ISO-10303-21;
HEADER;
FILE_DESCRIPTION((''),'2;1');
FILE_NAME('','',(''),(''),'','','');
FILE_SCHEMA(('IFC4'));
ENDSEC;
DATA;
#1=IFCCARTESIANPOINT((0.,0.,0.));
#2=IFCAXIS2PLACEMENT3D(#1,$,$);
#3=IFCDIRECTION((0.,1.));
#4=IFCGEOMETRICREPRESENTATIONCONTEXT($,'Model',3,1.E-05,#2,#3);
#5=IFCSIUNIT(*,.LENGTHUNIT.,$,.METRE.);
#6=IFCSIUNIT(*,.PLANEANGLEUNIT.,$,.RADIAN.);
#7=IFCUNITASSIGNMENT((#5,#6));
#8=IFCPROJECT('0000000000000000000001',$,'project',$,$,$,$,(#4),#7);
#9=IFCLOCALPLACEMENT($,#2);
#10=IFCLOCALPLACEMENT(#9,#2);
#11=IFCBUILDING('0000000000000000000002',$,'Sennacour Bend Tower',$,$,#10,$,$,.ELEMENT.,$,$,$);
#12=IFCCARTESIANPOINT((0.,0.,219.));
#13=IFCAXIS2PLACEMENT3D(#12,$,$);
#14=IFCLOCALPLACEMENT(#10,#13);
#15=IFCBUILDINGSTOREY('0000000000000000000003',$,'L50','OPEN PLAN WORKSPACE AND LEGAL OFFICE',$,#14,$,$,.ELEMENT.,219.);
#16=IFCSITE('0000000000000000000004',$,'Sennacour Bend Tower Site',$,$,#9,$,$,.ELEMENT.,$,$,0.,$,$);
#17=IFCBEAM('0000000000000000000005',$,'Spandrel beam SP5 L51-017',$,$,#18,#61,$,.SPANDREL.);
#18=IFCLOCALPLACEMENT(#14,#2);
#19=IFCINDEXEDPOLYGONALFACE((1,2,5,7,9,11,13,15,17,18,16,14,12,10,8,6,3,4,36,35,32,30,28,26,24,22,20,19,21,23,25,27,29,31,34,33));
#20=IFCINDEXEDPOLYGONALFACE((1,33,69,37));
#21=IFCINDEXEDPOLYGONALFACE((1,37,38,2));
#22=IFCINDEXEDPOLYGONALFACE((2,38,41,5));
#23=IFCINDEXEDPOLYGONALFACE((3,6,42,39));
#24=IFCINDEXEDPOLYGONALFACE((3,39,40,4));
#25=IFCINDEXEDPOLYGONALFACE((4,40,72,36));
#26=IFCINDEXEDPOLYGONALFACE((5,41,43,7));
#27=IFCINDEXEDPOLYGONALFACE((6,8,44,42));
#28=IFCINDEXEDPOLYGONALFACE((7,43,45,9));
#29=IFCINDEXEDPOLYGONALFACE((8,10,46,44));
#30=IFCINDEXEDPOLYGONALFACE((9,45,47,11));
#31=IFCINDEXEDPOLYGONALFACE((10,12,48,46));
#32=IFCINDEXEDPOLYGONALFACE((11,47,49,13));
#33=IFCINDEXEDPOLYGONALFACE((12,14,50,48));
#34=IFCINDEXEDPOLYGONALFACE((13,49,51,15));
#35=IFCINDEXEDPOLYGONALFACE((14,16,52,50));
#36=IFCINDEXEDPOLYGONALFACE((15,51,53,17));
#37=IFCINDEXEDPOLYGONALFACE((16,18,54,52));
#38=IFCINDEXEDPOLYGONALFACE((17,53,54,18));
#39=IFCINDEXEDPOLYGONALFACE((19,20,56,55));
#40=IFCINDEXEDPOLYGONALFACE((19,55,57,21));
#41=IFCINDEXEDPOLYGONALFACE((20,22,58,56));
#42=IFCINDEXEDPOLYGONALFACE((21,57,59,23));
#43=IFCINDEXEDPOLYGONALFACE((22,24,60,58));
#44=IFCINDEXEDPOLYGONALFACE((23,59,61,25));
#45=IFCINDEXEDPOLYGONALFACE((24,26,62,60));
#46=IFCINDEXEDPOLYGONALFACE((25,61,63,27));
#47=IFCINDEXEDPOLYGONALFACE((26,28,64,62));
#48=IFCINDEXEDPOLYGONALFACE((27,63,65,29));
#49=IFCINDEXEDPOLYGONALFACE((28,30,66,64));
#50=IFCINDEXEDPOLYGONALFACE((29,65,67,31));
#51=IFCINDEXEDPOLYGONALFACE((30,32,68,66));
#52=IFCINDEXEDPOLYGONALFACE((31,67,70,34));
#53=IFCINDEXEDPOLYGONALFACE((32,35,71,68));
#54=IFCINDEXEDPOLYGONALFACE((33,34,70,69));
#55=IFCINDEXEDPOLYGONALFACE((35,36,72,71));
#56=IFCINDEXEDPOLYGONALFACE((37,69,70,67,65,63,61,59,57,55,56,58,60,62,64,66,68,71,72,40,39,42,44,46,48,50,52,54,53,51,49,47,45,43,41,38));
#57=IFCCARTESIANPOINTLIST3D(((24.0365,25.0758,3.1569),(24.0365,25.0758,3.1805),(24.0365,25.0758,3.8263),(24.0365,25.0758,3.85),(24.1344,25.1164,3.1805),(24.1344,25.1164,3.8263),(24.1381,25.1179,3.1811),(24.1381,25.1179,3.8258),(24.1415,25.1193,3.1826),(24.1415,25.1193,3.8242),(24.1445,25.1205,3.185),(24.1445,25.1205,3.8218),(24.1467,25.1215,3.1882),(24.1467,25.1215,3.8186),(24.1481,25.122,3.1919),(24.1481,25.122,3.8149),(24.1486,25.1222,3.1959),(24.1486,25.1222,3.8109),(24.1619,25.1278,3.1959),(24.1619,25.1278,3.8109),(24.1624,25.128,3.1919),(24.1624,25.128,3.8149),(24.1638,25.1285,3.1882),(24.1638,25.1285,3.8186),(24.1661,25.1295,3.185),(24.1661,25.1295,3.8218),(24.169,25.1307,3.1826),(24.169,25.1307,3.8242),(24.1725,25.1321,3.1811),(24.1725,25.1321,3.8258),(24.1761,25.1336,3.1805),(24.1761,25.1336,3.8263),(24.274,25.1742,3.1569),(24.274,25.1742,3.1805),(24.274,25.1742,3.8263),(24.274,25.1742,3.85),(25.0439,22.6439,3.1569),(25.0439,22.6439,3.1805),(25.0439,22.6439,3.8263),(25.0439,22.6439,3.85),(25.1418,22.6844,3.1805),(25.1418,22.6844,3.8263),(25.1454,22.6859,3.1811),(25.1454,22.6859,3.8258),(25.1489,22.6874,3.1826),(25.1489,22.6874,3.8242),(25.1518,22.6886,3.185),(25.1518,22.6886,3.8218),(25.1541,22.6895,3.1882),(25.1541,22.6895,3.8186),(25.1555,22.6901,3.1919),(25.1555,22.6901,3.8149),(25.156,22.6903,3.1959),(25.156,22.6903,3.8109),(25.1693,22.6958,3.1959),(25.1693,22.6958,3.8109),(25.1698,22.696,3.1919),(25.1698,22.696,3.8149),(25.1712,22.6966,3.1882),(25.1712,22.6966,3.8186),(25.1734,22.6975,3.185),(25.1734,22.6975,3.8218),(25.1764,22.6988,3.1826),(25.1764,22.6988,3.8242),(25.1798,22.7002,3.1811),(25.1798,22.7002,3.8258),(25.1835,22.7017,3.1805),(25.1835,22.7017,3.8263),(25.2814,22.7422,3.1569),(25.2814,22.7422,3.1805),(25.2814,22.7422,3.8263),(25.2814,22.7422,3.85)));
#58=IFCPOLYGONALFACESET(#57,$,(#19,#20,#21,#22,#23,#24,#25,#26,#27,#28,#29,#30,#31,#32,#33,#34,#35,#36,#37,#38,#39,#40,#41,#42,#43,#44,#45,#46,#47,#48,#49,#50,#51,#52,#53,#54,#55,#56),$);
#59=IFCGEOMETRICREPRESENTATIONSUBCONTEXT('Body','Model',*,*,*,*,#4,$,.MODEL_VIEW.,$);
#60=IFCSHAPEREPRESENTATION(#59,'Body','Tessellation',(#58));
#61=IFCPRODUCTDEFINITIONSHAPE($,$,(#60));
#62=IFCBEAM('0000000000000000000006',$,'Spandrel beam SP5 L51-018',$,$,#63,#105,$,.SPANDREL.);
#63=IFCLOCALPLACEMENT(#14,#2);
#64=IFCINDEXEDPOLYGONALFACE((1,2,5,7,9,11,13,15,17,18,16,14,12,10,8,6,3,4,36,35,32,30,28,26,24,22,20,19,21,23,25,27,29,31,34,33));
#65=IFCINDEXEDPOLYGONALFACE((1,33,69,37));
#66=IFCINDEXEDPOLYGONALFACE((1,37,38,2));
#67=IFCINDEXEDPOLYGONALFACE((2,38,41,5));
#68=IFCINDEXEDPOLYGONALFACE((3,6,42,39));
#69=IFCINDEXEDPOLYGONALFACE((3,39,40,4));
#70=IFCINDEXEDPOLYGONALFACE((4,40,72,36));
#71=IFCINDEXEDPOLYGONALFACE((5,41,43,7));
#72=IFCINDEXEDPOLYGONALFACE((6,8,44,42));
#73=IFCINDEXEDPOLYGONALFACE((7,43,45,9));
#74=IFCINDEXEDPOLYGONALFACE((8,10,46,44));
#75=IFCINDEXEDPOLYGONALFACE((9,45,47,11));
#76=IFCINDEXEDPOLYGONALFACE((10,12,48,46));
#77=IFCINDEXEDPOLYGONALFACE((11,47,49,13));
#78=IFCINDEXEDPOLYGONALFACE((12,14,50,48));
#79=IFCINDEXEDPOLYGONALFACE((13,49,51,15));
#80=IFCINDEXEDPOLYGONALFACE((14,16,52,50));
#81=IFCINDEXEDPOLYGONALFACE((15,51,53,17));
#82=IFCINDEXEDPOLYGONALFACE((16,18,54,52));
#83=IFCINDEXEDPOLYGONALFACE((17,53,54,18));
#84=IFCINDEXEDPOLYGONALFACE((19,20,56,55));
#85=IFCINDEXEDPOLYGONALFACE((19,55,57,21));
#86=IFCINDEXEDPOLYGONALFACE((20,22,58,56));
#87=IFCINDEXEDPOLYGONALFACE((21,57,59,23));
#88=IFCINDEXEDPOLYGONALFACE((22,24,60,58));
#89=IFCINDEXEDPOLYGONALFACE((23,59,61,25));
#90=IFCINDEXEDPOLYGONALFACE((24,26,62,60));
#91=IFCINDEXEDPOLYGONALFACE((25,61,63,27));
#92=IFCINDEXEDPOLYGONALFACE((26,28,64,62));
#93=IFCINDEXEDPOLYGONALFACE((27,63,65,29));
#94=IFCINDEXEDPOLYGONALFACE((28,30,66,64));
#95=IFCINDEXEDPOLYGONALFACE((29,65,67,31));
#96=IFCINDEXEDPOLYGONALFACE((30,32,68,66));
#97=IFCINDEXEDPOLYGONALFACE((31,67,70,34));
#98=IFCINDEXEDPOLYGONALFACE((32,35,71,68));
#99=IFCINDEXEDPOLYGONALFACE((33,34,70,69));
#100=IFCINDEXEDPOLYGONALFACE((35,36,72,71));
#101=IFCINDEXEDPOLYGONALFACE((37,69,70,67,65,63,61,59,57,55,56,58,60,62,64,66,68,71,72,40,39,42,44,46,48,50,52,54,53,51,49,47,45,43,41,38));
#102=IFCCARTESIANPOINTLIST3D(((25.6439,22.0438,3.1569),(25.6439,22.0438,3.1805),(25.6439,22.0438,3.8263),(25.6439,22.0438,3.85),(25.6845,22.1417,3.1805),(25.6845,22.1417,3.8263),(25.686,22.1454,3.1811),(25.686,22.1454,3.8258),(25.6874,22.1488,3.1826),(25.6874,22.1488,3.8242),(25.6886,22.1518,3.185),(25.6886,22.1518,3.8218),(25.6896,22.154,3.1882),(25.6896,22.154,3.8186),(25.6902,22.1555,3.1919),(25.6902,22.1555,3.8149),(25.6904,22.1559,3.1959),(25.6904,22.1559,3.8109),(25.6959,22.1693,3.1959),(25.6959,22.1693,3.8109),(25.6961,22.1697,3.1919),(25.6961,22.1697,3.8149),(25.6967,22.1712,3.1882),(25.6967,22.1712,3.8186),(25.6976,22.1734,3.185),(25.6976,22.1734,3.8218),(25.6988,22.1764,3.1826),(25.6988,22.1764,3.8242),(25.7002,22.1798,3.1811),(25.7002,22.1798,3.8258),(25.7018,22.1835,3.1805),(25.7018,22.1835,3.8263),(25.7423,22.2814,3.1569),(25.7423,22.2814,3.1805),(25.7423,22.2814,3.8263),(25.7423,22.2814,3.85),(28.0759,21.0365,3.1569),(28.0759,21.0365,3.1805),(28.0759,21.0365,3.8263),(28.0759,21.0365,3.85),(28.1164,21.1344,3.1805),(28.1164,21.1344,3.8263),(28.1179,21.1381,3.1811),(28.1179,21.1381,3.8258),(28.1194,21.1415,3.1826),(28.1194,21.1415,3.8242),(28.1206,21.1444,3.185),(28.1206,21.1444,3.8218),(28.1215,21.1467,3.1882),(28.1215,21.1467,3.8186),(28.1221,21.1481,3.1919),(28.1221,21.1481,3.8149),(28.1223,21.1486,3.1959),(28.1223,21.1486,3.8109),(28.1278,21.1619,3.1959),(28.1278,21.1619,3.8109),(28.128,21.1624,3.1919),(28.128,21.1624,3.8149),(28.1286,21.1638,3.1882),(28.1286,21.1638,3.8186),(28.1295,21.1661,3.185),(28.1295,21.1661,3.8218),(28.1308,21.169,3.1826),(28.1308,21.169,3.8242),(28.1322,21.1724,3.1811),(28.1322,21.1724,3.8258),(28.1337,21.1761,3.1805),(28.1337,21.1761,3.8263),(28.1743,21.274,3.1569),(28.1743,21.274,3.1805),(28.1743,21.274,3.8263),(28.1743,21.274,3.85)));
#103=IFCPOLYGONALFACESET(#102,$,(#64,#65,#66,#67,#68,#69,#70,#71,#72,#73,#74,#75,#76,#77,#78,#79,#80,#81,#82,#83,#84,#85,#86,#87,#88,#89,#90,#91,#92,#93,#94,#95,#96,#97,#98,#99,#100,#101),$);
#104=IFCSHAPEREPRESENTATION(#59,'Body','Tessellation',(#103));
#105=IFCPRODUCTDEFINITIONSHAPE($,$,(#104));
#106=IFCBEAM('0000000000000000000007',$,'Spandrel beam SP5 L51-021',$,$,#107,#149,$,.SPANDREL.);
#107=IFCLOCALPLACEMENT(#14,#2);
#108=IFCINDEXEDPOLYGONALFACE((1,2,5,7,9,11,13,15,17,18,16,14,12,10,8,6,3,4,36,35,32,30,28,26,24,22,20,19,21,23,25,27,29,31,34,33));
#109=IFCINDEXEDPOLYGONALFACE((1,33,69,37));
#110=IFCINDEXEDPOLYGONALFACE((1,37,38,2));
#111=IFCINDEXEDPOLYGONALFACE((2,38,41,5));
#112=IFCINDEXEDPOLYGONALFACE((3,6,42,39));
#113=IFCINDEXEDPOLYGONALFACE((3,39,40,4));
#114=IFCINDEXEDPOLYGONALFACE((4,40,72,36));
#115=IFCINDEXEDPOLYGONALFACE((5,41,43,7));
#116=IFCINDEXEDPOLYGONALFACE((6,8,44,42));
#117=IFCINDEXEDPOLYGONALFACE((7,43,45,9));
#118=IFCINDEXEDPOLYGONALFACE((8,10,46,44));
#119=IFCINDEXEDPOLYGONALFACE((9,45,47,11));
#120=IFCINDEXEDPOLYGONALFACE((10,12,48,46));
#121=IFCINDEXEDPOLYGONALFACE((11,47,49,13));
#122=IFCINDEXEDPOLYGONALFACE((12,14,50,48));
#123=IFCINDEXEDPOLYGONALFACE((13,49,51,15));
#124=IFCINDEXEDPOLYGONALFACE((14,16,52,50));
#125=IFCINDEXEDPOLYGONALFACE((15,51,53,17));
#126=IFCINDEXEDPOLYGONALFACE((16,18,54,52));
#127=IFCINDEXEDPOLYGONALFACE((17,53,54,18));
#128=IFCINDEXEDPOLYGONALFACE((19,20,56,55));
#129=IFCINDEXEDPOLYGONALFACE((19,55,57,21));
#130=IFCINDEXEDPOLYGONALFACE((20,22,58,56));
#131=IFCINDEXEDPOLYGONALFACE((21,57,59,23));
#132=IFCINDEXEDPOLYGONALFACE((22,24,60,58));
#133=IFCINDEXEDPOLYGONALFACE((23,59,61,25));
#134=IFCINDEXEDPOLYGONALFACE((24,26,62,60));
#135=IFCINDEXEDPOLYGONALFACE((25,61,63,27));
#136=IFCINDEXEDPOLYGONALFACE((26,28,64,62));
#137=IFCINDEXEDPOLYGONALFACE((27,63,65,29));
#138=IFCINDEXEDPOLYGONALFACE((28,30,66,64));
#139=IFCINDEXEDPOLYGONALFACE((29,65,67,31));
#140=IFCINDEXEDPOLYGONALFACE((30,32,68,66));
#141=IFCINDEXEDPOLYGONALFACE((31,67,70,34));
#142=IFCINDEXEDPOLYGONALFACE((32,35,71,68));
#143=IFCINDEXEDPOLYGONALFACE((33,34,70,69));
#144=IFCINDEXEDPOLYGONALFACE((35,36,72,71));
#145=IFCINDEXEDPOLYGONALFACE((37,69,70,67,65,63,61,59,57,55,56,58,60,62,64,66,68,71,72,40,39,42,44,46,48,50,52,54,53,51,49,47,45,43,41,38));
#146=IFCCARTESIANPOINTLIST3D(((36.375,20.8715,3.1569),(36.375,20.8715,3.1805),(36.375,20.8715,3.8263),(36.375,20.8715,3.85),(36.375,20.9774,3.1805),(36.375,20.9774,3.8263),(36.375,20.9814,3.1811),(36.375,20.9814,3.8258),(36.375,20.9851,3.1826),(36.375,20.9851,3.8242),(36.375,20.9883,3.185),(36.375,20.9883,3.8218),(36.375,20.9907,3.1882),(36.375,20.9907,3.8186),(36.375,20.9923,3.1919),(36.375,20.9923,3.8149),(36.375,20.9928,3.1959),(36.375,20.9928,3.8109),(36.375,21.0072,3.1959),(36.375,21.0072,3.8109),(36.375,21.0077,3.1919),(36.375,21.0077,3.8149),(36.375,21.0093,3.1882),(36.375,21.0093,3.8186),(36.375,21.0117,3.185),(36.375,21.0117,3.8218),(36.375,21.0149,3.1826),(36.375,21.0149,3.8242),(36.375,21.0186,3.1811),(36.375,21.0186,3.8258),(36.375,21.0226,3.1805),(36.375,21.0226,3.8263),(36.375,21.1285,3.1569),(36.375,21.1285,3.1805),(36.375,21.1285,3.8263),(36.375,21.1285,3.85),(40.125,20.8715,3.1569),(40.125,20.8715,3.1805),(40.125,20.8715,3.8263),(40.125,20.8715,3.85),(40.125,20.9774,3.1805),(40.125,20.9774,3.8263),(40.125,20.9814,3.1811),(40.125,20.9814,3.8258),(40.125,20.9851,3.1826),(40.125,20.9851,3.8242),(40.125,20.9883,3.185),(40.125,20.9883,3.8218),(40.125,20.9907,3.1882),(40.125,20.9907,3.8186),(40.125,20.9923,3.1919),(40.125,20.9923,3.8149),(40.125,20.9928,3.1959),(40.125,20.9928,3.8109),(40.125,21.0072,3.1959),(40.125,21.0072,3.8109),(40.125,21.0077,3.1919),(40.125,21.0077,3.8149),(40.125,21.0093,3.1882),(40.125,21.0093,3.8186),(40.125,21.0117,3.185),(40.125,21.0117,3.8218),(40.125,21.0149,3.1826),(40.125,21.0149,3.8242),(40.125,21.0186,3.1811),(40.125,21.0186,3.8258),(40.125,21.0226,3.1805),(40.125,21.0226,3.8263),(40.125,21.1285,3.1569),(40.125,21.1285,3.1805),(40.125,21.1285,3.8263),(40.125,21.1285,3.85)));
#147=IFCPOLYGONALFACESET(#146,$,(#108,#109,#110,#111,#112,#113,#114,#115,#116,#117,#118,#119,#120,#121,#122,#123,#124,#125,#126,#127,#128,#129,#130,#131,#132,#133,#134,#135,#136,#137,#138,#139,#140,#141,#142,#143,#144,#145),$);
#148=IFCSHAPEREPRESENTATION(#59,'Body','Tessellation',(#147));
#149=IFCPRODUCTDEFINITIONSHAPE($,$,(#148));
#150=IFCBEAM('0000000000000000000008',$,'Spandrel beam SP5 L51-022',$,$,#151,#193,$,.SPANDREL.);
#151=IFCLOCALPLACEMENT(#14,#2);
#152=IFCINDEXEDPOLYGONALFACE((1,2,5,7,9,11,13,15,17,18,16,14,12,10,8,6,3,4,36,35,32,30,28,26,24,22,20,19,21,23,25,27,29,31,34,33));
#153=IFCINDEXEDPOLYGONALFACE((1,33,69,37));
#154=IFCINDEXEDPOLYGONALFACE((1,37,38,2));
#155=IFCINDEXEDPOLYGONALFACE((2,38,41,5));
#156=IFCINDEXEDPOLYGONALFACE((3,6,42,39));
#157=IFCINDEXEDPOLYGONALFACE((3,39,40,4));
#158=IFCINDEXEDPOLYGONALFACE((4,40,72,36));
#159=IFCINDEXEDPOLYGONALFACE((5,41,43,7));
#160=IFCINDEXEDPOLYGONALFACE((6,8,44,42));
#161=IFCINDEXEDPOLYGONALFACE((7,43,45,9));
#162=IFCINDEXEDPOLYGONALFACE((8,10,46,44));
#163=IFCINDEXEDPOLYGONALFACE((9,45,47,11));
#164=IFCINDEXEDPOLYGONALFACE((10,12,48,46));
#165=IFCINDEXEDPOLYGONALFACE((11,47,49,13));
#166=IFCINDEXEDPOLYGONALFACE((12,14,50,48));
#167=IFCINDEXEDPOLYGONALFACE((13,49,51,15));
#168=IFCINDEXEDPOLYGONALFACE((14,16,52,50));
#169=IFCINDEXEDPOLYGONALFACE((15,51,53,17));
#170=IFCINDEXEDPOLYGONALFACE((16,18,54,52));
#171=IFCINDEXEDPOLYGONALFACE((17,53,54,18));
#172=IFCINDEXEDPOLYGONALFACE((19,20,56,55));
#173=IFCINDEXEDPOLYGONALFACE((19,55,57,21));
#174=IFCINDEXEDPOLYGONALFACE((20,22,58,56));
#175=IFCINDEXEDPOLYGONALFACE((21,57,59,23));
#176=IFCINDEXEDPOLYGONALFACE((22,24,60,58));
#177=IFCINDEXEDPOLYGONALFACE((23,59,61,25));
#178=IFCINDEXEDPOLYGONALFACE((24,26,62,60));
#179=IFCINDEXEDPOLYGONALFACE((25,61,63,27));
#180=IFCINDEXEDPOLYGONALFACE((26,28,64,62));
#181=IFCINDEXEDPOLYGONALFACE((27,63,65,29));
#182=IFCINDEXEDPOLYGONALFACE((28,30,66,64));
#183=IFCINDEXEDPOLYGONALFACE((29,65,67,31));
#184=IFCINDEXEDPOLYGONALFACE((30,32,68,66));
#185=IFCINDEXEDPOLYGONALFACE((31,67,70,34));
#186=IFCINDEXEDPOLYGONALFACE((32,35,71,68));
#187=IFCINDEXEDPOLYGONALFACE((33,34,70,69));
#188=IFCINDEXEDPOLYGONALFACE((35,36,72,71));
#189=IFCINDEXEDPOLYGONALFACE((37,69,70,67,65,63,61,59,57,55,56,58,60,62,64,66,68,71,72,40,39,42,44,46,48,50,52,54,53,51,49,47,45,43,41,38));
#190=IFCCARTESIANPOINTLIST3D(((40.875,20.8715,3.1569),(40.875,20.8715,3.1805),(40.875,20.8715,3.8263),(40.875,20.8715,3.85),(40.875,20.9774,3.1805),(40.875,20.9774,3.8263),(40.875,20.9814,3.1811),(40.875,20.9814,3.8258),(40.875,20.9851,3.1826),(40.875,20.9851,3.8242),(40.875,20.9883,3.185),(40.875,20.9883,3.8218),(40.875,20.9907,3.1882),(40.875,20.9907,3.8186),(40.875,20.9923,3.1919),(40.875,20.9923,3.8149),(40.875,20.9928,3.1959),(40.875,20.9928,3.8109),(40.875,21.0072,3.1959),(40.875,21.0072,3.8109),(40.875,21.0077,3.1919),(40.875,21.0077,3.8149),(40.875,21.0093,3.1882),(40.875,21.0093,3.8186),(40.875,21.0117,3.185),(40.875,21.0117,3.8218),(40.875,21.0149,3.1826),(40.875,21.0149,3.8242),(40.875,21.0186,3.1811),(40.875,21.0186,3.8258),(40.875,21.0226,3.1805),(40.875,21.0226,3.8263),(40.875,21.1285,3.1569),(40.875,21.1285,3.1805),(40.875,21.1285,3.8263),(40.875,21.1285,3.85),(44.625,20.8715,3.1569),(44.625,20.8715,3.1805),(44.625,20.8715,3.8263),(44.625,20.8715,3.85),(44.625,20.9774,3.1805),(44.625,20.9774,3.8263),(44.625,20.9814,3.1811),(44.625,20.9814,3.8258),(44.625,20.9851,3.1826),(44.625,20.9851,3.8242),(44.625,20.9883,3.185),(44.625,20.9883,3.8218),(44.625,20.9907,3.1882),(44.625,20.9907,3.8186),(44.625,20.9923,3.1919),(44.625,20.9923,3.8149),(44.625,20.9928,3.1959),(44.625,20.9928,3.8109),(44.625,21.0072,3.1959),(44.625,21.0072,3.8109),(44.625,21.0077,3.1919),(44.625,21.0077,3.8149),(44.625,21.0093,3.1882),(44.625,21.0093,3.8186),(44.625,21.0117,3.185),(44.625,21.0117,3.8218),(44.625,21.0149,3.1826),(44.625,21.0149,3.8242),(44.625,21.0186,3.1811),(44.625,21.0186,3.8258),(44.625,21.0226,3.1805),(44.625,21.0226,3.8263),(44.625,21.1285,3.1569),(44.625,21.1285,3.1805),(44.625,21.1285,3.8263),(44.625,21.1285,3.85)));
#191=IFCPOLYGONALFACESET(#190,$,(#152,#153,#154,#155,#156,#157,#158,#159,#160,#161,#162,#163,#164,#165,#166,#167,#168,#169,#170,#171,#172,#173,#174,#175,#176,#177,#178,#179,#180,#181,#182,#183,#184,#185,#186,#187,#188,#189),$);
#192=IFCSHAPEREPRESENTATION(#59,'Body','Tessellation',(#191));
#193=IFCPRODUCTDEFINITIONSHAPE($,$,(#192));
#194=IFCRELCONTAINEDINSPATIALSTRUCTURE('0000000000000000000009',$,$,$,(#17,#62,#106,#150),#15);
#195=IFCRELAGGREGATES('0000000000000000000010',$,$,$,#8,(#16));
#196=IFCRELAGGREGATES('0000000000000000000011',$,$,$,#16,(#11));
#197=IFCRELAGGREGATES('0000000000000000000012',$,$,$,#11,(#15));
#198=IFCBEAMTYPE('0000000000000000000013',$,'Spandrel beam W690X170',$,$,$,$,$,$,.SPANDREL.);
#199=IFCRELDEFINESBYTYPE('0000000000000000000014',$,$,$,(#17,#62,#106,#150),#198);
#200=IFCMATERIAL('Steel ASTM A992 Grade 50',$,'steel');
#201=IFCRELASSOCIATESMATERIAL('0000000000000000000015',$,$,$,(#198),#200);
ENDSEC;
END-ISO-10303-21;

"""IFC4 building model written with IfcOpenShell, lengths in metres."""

from ifc_helpers import new_model, si_unit, direction, frame, origin, origin_2d, place, context, subcontext, project, spatial, i_section, extrude, material, material_profile, profile_set, type_object, element, save


model = new_model("IFC4")

# Units and contexts
model_context = context("Model", 3, precision=1e-05, world=origin(), true_north=direction((0.0, 1.0)))
body_context = subcontext(model_context, "Body", "Model", "MODEL_VIEW")
ifc_project = project(units=[si_unit("LENGTHUNIT", "METRE"), si_unit("PLANEANGLEUNIT", "RADIAN")], contexts=[model_context])

# Site, building, storey
site_placement = place(None, origin())
site = spatial("IfcSite", under=ifc_project, at=site_placement, Name="Sennacour Bend Tower Site", CompositionType="ELEMENT", RefElevation=0.0)
building_placement = place(site_placement, origin())
building = spatial("IfcBuilding", under=site, at=building_placement, Name="Sennacour Bend Tower", CompositionType="ELEMENT")
storey_placement = place(building_placement, frame((0.0, 0.0, 219.0)))
storey = spatial("IfcBuildingStorey", under=building, at=storey_placement, Name="L50", Description="OPEN PLAN WORKSPACE AND LEGAL OFFICE", CompositionType="ELEMENT", Elevation=219.0)

# Beams
ifc_material_1 = material(Name="Steel ASTM A992 Grade 50", Category="steel")
ifc_material_profile_1 = material_profile(ifc_material_1, i_section(OverallWidth=0.2571, OverallDepth=0.6931, WebThickness=0.0144, FlangeThickness=0.0237, FilletRadius=0.0154, at=origin_2d()), Name="Steel ASTM A992 Grade 50", Category="steel")
ifc_profile_set_1 = profile_set([ifc_material_profile_1], Name="Steel ASTM A992 Grade 50")
beam_type = type_object("IfcBeamType", Name="Spandrel beam W690X170", PredefinedType="SPANDREL", material=ifc_profile_set_1)
for number, where, z_axis, x_axis, name in (
    (1, (24.1553, 25.125, 3.5034), (0.382685, -0.923879, 0.0), (0.923879, 0.382685, 0.0), "Spandrel beam SP5 L51-017"),
    (2, (25.6931, 22.1626, 3.5034), (0.923879, -0.382685, 0.0), (0.382685, 0.923879, 0.0), "Spandrel beam SP5 L51-018"),
):
    element("IfcBeam", number, at=place(storey_placement, frame(where, z_axis=z_axis, x_axis=x_axis)), inside=storey, type_object=beam_type, Name=name, PredefinedType="SPANDREL", context=body_context, shape_type="SweptSolid", body=[
        extrude(i_section(OverallWidth=0.2571, OverallDepth=0.6931, WebThickness=0.0144, FlangeThickness=0.0237, FilletRadius=0.0154, at=origin_2d()), origin(), (0.0, 0.0, 1.0), 2.6323),
    ])
for number, where, z_axis, x_axis, name in (
    (3, (36.375, 21.0, 3.5034), (1.0, 0.0, 0.0), (0.0, 1.0, 0.0), "Spandrel beam SP5 L51-021"),
    (4, (40.875, 21.0, 3.5034), (1.0, 0.0, 0.0), (0.0, 1.0, 0.0), "Spandrel beam SP5 L51-022"),
):
    element("IfcBeam", number, at=place(storey_placement, frame(where, z_axis=z_axis, x_axis=x_axis)), inside=storey, type_object=beam_type, Name=name, PredefinedType="SPANDREL", context=body_context, shape_type="SweptSolid", body=[
        extrude(i_section(OverallWidth=0.2571, OverallDepth=0.6931, WebThickness=0.0144, FlangeThickness=0.0237, FilletRadius=0.0154, at=origin_2d()), origin(), (0.0, 0.0, 1.0), 3.75),
    ])

save(model, "model.ifc")
